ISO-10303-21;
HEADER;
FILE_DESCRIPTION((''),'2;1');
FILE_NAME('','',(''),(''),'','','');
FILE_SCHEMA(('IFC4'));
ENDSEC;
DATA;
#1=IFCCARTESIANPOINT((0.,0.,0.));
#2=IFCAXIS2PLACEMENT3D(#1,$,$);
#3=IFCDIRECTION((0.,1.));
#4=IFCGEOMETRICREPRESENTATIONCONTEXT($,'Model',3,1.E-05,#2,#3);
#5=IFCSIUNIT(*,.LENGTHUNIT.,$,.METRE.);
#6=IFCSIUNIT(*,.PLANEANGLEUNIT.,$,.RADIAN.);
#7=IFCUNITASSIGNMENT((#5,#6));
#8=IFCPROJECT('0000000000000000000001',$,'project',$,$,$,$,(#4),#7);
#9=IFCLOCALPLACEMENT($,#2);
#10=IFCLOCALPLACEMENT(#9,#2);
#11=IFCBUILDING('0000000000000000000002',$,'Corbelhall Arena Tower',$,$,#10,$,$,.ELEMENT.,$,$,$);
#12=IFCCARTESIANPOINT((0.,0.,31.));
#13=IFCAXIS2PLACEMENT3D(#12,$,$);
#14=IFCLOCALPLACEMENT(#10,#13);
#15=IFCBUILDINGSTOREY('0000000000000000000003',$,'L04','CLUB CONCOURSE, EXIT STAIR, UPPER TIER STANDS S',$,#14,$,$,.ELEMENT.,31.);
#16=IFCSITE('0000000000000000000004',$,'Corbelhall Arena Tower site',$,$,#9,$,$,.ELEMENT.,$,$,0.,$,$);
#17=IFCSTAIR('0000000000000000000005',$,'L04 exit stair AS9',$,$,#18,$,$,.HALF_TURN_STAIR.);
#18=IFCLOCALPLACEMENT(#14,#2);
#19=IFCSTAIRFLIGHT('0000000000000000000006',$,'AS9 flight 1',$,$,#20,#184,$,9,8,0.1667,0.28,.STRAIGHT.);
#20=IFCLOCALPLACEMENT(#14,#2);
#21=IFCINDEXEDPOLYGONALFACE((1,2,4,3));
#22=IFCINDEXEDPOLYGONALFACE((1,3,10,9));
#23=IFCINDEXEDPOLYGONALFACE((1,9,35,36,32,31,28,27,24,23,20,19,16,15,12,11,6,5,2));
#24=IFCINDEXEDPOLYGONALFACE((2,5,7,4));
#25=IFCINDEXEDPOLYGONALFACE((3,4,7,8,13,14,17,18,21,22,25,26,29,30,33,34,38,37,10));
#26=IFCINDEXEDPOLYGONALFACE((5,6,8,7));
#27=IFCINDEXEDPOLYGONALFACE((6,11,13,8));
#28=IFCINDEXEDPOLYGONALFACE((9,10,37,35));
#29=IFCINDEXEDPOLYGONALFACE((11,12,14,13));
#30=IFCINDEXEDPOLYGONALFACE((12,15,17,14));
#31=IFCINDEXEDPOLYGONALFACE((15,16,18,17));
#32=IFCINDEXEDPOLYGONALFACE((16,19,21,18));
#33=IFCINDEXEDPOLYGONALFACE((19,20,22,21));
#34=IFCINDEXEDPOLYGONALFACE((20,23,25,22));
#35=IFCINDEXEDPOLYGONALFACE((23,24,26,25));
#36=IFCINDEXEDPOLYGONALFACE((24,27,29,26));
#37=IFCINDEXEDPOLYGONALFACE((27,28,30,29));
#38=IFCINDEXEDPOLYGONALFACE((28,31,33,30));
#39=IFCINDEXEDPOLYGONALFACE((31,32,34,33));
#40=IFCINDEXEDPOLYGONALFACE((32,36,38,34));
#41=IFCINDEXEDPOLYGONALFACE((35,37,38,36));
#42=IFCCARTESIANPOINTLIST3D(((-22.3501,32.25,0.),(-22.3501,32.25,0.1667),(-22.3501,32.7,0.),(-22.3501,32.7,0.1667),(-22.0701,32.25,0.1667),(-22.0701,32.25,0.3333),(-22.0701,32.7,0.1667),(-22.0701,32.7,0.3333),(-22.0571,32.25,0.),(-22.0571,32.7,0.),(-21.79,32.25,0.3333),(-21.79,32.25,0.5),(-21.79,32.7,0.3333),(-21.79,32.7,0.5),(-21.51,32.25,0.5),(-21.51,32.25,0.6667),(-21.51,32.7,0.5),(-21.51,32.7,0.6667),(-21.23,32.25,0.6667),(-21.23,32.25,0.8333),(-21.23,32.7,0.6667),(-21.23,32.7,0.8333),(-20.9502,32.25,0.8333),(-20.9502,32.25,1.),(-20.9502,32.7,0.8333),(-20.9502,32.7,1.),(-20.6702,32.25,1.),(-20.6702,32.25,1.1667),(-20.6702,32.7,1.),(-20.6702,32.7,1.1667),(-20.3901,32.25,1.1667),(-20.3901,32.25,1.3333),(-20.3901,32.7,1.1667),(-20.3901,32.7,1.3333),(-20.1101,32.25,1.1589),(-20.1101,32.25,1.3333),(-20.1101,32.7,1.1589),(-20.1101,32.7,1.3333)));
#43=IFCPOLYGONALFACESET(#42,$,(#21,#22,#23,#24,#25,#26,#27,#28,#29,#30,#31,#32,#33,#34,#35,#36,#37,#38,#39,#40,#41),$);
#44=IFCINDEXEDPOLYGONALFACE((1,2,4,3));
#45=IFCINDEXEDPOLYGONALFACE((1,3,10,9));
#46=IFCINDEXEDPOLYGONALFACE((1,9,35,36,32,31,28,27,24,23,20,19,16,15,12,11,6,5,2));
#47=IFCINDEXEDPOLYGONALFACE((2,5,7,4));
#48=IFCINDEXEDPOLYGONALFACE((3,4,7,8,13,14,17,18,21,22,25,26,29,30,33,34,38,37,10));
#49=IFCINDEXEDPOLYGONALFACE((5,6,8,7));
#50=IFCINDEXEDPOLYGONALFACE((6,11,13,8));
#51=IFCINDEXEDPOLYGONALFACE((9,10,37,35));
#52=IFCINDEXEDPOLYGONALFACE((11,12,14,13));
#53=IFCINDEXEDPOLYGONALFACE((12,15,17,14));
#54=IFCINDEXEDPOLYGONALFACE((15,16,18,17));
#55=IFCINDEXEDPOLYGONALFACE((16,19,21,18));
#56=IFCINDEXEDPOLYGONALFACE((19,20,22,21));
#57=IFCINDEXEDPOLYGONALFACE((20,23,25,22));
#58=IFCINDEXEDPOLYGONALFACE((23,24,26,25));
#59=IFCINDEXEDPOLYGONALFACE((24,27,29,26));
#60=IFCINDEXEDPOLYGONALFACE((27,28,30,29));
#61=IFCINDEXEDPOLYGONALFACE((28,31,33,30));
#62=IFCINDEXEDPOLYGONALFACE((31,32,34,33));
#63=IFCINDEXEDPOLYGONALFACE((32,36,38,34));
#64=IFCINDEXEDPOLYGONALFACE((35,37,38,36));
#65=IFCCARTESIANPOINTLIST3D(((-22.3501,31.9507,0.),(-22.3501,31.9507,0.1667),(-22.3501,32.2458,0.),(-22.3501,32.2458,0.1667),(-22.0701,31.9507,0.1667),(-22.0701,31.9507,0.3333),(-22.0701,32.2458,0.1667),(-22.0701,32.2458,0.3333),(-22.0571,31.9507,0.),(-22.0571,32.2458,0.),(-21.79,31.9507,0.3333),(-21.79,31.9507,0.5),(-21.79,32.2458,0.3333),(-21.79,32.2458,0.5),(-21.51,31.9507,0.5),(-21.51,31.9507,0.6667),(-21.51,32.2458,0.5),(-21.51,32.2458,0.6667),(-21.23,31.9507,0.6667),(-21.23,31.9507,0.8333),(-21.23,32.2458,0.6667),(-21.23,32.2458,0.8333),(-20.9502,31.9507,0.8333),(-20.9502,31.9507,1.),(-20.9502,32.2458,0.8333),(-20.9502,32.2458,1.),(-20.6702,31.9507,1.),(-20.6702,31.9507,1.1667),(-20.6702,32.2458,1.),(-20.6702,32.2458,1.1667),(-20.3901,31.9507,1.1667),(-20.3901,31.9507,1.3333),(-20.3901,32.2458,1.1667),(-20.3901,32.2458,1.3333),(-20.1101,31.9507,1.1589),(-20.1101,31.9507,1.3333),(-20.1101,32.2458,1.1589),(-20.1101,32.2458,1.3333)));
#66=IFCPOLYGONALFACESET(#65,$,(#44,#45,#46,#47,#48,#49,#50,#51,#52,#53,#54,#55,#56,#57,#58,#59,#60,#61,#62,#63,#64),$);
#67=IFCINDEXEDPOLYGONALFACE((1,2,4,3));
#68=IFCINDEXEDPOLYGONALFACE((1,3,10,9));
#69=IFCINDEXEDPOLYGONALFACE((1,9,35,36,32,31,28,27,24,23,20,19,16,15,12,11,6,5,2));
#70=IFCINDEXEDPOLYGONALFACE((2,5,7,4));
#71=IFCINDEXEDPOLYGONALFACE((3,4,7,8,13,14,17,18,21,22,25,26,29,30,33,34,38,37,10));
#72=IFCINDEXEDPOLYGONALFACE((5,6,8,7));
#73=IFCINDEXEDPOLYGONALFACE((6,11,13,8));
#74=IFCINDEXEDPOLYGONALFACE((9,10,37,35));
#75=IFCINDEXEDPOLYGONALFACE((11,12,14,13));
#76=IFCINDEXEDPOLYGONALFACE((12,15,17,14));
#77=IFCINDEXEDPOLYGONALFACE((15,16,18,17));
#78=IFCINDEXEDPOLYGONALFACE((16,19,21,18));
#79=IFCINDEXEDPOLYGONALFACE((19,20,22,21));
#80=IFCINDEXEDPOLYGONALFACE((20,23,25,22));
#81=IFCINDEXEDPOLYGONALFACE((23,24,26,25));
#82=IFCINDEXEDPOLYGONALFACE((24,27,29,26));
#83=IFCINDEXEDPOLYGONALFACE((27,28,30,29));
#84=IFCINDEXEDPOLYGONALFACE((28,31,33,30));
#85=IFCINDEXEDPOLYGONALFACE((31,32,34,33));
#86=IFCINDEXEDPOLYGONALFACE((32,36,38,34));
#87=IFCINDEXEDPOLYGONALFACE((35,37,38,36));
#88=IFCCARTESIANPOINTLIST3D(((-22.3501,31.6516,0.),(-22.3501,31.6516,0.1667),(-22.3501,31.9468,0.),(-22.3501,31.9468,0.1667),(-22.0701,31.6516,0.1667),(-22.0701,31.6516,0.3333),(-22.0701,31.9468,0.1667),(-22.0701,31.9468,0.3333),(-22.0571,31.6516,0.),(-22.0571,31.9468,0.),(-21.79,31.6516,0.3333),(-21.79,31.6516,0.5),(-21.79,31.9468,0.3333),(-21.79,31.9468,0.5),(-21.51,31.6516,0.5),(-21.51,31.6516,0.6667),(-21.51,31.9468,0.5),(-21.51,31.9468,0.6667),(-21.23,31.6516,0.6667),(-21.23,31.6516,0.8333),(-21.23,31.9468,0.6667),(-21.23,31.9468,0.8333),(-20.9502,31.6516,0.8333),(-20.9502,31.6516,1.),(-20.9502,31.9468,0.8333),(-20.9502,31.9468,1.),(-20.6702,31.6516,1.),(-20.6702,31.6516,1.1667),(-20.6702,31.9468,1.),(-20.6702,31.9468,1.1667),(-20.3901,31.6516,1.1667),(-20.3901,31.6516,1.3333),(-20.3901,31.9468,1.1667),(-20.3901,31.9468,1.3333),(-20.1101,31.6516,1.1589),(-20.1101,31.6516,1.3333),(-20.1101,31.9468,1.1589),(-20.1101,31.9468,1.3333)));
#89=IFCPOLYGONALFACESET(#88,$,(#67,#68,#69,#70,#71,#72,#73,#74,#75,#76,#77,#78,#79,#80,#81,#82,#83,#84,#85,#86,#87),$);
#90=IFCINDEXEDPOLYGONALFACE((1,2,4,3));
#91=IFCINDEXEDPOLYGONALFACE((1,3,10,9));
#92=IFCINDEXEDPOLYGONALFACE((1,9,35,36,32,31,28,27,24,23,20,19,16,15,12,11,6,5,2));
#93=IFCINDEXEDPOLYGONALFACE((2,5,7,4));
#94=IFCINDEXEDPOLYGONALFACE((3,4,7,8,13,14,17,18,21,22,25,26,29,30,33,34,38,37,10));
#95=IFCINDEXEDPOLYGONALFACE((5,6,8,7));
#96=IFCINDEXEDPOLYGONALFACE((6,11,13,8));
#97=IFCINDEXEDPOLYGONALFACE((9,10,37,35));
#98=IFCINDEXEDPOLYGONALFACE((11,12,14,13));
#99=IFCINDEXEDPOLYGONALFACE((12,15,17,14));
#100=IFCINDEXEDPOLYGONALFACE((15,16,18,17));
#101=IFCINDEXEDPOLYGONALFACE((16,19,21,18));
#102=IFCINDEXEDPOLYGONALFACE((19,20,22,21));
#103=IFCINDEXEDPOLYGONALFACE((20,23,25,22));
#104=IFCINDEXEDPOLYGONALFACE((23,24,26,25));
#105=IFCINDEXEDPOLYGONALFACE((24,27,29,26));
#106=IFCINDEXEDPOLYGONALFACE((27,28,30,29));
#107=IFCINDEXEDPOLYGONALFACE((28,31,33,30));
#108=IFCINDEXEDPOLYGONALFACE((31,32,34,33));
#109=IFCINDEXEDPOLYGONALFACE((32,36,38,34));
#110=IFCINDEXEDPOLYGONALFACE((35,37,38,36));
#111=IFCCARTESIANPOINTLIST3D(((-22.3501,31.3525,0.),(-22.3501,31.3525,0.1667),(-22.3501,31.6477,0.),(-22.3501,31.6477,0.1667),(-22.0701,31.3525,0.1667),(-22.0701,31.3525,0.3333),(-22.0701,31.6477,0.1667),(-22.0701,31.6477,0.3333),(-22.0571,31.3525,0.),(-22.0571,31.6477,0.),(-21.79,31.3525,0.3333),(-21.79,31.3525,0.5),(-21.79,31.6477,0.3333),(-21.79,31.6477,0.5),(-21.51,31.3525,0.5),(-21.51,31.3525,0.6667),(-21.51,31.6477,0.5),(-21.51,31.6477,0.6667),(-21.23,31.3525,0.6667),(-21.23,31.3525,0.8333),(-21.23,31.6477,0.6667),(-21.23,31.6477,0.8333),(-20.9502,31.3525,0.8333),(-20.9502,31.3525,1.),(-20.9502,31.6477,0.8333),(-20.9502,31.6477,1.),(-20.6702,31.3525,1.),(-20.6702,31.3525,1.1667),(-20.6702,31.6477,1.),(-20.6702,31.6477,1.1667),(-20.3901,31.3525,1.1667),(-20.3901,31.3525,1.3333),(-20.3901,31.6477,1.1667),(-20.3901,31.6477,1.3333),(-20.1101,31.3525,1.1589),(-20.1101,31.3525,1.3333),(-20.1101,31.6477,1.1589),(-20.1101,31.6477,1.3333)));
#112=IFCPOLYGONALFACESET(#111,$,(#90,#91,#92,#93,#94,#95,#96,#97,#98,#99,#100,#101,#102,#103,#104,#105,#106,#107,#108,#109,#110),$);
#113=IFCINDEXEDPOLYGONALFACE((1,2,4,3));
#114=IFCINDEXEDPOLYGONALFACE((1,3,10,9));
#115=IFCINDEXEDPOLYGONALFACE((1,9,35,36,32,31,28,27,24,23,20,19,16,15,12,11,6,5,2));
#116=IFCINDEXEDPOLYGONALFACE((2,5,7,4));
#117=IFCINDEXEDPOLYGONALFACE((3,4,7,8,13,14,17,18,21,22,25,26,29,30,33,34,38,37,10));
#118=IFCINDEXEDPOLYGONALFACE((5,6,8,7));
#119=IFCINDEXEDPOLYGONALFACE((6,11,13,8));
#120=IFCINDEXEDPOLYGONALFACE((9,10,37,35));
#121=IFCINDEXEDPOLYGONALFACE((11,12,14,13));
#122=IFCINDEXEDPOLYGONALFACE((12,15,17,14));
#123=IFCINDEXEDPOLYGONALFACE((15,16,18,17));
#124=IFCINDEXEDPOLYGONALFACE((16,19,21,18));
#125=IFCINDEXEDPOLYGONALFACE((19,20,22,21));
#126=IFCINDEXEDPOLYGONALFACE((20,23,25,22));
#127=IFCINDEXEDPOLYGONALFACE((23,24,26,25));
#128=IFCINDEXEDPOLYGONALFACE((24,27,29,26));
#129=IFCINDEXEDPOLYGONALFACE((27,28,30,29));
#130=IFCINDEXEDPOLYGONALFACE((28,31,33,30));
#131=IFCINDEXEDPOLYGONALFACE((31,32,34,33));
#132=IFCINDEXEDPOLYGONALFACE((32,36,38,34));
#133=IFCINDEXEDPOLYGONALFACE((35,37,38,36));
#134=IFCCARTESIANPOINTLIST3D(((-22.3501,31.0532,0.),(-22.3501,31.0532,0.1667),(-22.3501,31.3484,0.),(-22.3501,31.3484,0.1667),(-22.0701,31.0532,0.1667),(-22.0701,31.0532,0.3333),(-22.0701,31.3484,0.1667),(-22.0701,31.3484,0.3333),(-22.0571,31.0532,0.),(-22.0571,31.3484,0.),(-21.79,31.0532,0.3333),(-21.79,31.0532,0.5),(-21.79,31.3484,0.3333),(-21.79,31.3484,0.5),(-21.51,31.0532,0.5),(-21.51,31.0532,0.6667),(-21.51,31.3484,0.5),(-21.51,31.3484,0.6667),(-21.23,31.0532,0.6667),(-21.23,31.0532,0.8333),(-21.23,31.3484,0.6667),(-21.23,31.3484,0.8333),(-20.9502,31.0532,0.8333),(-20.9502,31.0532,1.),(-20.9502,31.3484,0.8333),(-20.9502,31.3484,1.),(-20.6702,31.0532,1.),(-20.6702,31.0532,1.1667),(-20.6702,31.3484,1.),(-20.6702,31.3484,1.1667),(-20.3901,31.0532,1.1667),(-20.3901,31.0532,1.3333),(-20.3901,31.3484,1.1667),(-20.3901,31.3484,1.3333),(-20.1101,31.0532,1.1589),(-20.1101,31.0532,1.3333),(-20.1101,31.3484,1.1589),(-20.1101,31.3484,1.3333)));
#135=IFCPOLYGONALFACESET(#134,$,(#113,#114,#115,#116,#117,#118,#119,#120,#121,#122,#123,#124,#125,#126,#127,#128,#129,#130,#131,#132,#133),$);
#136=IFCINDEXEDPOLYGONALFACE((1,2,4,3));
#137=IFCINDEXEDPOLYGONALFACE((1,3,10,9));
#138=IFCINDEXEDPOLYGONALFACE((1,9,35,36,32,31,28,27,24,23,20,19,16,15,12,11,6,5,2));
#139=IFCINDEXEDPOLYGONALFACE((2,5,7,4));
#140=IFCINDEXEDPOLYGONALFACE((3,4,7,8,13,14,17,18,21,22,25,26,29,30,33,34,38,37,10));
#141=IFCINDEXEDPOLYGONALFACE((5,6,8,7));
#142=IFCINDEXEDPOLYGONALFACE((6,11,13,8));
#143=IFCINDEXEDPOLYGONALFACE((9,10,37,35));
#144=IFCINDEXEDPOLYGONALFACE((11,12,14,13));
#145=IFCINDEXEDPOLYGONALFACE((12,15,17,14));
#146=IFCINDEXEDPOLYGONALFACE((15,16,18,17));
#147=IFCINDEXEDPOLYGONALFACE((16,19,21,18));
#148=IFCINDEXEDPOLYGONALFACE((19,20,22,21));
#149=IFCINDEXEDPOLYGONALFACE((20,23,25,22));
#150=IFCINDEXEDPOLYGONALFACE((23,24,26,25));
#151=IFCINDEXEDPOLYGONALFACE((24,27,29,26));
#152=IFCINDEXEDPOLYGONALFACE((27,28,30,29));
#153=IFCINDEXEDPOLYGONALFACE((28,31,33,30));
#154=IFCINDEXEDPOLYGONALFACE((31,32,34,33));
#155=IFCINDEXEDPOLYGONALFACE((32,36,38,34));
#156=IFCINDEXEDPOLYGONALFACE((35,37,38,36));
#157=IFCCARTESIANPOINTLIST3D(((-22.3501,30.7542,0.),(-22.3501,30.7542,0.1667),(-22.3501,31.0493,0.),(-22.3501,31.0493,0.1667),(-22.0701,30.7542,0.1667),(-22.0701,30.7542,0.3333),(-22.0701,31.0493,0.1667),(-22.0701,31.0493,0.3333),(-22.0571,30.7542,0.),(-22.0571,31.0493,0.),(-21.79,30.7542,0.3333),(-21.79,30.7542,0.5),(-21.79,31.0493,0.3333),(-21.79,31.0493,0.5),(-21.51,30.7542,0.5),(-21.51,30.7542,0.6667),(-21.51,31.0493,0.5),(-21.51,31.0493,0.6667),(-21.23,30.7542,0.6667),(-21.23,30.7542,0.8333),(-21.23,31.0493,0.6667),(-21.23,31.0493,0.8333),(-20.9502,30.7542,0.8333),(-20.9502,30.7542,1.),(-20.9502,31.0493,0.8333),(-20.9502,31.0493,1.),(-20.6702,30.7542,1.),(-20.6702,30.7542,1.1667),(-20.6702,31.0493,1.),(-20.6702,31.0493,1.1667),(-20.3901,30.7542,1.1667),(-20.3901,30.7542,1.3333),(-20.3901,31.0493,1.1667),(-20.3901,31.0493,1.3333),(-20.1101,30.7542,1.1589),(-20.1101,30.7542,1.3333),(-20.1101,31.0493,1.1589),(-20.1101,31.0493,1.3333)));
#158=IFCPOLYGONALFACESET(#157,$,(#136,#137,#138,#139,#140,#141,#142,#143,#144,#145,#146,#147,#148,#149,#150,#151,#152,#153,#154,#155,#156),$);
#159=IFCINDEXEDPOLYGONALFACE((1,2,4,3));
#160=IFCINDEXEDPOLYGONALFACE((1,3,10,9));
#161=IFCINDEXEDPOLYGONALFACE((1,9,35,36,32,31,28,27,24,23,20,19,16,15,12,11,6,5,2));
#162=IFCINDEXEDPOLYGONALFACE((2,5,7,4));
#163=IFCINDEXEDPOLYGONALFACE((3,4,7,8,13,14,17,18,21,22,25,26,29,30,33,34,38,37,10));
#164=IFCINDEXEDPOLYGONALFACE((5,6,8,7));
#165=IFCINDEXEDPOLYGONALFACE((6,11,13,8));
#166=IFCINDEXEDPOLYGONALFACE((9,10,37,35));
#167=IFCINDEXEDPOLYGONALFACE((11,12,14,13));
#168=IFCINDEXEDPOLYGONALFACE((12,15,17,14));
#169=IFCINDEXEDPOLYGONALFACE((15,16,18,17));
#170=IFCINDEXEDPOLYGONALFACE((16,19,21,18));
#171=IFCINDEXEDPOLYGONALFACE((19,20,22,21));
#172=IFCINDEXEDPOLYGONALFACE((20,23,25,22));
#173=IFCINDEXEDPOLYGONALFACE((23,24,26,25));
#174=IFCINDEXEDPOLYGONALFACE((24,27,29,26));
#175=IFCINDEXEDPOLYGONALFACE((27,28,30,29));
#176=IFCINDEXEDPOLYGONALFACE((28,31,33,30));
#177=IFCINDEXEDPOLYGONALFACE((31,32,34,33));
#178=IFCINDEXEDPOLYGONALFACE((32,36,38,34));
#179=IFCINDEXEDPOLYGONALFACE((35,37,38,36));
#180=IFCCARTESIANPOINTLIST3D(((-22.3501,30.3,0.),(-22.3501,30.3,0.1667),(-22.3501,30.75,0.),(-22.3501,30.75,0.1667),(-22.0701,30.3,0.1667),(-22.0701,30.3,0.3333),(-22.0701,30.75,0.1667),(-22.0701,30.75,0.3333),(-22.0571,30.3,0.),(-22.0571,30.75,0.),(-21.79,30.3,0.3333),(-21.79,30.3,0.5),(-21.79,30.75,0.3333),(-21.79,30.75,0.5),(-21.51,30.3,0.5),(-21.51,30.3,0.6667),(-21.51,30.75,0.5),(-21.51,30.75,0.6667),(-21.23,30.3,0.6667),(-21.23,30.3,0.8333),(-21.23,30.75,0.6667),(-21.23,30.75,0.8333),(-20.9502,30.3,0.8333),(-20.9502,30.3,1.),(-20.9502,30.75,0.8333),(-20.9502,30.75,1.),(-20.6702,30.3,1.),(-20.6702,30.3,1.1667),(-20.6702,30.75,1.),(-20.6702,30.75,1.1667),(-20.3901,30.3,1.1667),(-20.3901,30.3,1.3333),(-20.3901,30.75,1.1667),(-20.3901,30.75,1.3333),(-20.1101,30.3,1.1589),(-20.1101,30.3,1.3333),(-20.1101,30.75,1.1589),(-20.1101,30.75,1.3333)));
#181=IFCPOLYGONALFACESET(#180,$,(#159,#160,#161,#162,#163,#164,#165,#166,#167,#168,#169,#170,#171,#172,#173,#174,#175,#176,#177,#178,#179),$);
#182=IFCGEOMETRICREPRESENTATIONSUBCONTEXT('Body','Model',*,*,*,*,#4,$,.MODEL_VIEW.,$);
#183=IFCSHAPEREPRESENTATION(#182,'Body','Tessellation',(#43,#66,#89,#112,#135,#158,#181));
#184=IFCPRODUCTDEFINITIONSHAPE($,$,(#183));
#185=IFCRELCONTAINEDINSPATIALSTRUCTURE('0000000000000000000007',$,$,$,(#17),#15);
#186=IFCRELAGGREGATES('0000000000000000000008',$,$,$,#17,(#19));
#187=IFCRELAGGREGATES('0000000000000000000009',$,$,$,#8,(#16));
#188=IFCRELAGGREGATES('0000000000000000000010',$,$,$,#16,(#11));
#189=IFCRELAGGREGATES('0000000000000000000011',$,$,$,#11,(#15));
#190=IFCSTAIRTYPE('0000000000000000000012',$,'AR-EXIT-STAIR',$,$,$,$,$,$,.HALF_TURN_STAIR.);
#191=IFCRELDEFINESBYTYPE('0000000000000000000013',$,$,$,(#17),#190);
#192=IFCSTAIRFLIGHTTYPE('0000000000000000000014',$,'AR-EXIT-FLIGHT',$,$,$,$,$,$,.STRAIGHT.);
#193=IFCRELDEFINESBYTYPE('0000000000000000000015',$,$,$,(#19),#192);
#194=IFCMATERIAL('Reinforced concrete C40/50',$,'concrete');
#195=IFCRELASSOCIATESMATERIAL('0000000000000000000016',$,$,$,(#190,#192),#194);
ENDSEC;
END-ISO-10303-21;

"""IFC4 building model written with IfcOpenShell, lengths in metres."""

from ifc_helpers import new_model, si_unit, direction, frame, origin, place, context, subcontext, project, spatial, polyline, outline, extrude, material, type_object, element, aggregate, save


model = new_model("IFC4")

# Units and contexts
model_context = context("Model", 3, precision=1e-05, world=origin(), true_north=direction((0.0, 1.0)))
body_context = subcontext(model_context, "Body", "Model", "MODEL_VIEW")
ifc_project = project(units=[si_unit("LENGTHUNIT", "METRE"), si_unit("PLANEANGLEUNIT", "RADIAN")], contexts=[model_context])

# Site, building, storey
site_placement = place(None, origin())
site = spatial("IfcSite", under=ifc_project, at=site_placement, Name="Corbelhall Arena Tower site", CompositionType="ELEMENT", RefElevation=0.0)
building_placement = place(site_placement, origin())
building = spatial("IfcBuilding", under=site, at=building_placement, Name="Corbelhall Arena Tower", CompositionType="ELEMENT")
storey_placement = place(building_placement, frame((0.0, 0.0, 31.0)))
storey = spatial("IfcBuildingStorey", under=building, at=storey_placement, Name="L04", Description="CLUB CONCOURSE, EXIT STAIR, UPPER TIER STANDS S", CompositionType="ELEMENT", Elevation=31.0)

# Shared definitions
ifc_material_1 = material(Name="Reinforced concrete C40/50", Category="concrete")

# Stair, stair flight
stair_type = type_object("IfcStairType", Name="AR-EXIT-STAIR", PredefinedType="HALF_TURN_STAIR", material=ifc_material_1)
stair_1_placement = place(storey_placement, origin())
stair_1 = element("IfcStair", 1, at=stair_1_placement, inside=storey, type_object=stair_type, Name="L04 exit stair AS9", PredefinedType="HALF_TURN_STAIR")
stair_flight_type = type_object("IfcStairFlightType", Name="AR-EXIT-FLIGHT", PredefinedType="STRAIGHT", material=ifc_material_1)
stair_flight_1_placement = place(storey_placement, frame((-22.3501, 31.5, 0.0), z_axis=(0.0, 0.0, 1.0), x_axis=(1.0, 0.0, 0.0)))
stair_flight_1 = element("IfcStairFlight", 2, at=stair_flight_1_placement, type_object=stair_flight_type, Name="AS9 flight 1", NumberOfRisers=9, NumberOfTreads=8, PredefinedType="STRAIGHT", RiserHeight=0.1667, TreadLength=0.28, context=body_context, shape_type="SweptSolid", body=[
    extrude(outline(polyline([(0.0, 0.0), (0.0, 0.1667), (0.28, 0.1667), (0.28, 0.3333), (0.5601, 0.3333), (0.5601, 0.5), (0.8401, 0.5), (0.8401, 0.6667), (1.1201, 0.6667), (1.1201, 0.8333), (1.3999, 0.8333), (1.3999, 1.0), (1.6799, 1.0), (1.6799, 1.1667), (1.96, 1.1667), (1.96, 1.3333), (2.24, 1.3333), (2.24, 1.5), (2.24, 1.1589), (0.293, 0.0), (0.0, 0.0)])), frame((0.0, 1.2, 0.0), z_axis=(0.0, -1.0, 0.0), x_axis=(1.0, 0.0, 0.0)), (0.0, 0.0, 1.0), 0.45),
    extrude(outline(polyline([(0.0, 0.0), (0.0, 0.1667), (0.28, 0.1667), (0.28, 0.3333), (0.5601, 0.3333), (0.5601, 0.5), (0.8401, 0.5), (0.8401, 0.6667), (1.1201, 0.6667), (1.1201, 0.8333), (1.3999, 0.8333), (1.3999, 1.0), (1.6799, 1.0), (1.6799, 1.1667), (1.96, 1.1667), (1.96, 1.3333), (2.24, 1.3333), (2.24, 1.5), (2.24, 1.1589), (0.293, 0.0), (0.0, 0.0)])), frame((0.0, 0.7458, 0.0), z_axis=(0.0, -1.0, 0.0), x_axis=(1.0, 0.0, 0.0)), (0.0, 0.0, 1.0), 0.2952),
    extrude(outline(polyline([(0.0, 0.0), (0.0, 0.1667), (0.28, 0.1667), (0.28, 0.3333), (0.5601, 0.3333), (0.5601, 0.5), (0.8401, 0.5), (0.8401, 0.6667), (1.1201, 0.6667), (1.1201, 0.8333), (1.3999, 0.8333), (1.3999, 1.0), (1.6799, 1.0), (1.6799, 1.1667), (1.96, 1.1667), (1.96, 1.3333), (2.24, 1.3333), (2.24, 1.5), (2.24, 1.1589), (0.293, 0.0), (0.0, 0.0)])), frame((0.0, 0.4468, 0.0), z_axis=(0.0, -1.0, 0.0), x_axis=(1.0, 0.0, 0.0)), (0.0, 0.0, 1.0), 0.2952),
    extrude(outline(polyline([(0.0, 0.0), (0.0, 0.1667), (0.28, 0.1667), (0.28, 0.3333), (0.5601, 0.3333), (0.5601, 0.5), (0.8401, 0.5), (0.8401, 0.6667), (1.1201, 0.6667), (1.1201, 0.8333), (1.3999, 0.8333), (1.3999, 1.0), (1.6799, 1.0), (1.6799, 1.1667), (1.96, 1.1667), (1.96, 1.3333), (2.24, 1.3333), (2.24, 1.5), (2.24, 1.1589), (0.293, 0.0), (0.0, 0.0)])), frame((0.0, 0.1477, 0.0), z_axis=(0.0, -1.0, 0.0), x_axis=(1.0, 0.0, 0.0)), (0.0, 0.0, 1.0), 0.2952),
    extrude(outline(polyline([(0.0, 0.0), (0.0, 0.1667), (0.28, 0.1667), (0.28, 0.3333), (0.5601, 0.3333), (0.5601, 0.5), (0.8401, 0.5), (0.8401, 0.6667), (1.1201, 0.6667), (1.1201, 0.8333), (1.3999, 0.8333), (1.3999, 1.0), (1.6799, 1.0), (1.6799, 1.1667), (1.96, 1.1667), (1.96, 1.3333), (2.24, 1.3333), (2.24, 1.5), (2.24, 1.1589), (0.293, 0.0), (0.0, 0.0)])), frame((0.0, -0.1516, 0.0), z_axis=(0.0, -1.0, 0.0), x_axis=(1.0, 0.0, 0.0)), (0.0, 0.0, 1.0), 0.2952),
    extrude(outline(polyline([(0.0, 0.0), (0.0, 0.1667), (0.28, 0.1667), (0.28, 0.3333), (0.5601, 0.3333), (0.5601, 0.5), (0.8401, 0.5), (0.8401, 0.6667), (1.1201, 0.6667), (1.1201, 0.8333), (1.3999, 0.8333), (1.3999, 1.0), (1.6799, 1.0), (1.6799, 1.1667), (1.96, 1.1667), (1.96, 1.3333), (2.24, 1.3333), (2.24, 1.5), (2.24, 1.1589), (0.293, 0.0), (0.0, 0.0)])), frame((0.0, -0.4507, 0.0), z_axis=(0.0, -1.0, 0.0), x_axis=(1.0, 0.0, 0.0)), (0.0, 0.0, 1.0), 0.2952),
    extrude(outline(polyline([(0.0, 0.0), (0.0, 0.1667), (0.28, 0.1667), (0.28, 0.3333), (0.5601, 0.3333), (0.5601, 0.5), (0.8401, 0.5), (0.8401, 0.6667), (1.1201, 0.6667), (1.1201, 0.8333), (1.3999, 0.8333), (1.3999, 1.0), (1.6799, 1.0), (1.6799, 1.1667), (1.96, 1.1667), (1.96, 1.3333), (2.24, 1.3333), (2.24, 1.5), (2.24, 1.1589), (0.293, 0.0), (0.0, 0.0)])), frame((0.0, -0.75, 0.0), z_axis=(0.0, -1.0, 0.0), x_axis=(1.0, 0.0, 0.0)), (0.0, 0.0, 1.0), 0.45),
])
aggregate(stair_1, [stair_flight_1])

save(model, "model.ifc")
